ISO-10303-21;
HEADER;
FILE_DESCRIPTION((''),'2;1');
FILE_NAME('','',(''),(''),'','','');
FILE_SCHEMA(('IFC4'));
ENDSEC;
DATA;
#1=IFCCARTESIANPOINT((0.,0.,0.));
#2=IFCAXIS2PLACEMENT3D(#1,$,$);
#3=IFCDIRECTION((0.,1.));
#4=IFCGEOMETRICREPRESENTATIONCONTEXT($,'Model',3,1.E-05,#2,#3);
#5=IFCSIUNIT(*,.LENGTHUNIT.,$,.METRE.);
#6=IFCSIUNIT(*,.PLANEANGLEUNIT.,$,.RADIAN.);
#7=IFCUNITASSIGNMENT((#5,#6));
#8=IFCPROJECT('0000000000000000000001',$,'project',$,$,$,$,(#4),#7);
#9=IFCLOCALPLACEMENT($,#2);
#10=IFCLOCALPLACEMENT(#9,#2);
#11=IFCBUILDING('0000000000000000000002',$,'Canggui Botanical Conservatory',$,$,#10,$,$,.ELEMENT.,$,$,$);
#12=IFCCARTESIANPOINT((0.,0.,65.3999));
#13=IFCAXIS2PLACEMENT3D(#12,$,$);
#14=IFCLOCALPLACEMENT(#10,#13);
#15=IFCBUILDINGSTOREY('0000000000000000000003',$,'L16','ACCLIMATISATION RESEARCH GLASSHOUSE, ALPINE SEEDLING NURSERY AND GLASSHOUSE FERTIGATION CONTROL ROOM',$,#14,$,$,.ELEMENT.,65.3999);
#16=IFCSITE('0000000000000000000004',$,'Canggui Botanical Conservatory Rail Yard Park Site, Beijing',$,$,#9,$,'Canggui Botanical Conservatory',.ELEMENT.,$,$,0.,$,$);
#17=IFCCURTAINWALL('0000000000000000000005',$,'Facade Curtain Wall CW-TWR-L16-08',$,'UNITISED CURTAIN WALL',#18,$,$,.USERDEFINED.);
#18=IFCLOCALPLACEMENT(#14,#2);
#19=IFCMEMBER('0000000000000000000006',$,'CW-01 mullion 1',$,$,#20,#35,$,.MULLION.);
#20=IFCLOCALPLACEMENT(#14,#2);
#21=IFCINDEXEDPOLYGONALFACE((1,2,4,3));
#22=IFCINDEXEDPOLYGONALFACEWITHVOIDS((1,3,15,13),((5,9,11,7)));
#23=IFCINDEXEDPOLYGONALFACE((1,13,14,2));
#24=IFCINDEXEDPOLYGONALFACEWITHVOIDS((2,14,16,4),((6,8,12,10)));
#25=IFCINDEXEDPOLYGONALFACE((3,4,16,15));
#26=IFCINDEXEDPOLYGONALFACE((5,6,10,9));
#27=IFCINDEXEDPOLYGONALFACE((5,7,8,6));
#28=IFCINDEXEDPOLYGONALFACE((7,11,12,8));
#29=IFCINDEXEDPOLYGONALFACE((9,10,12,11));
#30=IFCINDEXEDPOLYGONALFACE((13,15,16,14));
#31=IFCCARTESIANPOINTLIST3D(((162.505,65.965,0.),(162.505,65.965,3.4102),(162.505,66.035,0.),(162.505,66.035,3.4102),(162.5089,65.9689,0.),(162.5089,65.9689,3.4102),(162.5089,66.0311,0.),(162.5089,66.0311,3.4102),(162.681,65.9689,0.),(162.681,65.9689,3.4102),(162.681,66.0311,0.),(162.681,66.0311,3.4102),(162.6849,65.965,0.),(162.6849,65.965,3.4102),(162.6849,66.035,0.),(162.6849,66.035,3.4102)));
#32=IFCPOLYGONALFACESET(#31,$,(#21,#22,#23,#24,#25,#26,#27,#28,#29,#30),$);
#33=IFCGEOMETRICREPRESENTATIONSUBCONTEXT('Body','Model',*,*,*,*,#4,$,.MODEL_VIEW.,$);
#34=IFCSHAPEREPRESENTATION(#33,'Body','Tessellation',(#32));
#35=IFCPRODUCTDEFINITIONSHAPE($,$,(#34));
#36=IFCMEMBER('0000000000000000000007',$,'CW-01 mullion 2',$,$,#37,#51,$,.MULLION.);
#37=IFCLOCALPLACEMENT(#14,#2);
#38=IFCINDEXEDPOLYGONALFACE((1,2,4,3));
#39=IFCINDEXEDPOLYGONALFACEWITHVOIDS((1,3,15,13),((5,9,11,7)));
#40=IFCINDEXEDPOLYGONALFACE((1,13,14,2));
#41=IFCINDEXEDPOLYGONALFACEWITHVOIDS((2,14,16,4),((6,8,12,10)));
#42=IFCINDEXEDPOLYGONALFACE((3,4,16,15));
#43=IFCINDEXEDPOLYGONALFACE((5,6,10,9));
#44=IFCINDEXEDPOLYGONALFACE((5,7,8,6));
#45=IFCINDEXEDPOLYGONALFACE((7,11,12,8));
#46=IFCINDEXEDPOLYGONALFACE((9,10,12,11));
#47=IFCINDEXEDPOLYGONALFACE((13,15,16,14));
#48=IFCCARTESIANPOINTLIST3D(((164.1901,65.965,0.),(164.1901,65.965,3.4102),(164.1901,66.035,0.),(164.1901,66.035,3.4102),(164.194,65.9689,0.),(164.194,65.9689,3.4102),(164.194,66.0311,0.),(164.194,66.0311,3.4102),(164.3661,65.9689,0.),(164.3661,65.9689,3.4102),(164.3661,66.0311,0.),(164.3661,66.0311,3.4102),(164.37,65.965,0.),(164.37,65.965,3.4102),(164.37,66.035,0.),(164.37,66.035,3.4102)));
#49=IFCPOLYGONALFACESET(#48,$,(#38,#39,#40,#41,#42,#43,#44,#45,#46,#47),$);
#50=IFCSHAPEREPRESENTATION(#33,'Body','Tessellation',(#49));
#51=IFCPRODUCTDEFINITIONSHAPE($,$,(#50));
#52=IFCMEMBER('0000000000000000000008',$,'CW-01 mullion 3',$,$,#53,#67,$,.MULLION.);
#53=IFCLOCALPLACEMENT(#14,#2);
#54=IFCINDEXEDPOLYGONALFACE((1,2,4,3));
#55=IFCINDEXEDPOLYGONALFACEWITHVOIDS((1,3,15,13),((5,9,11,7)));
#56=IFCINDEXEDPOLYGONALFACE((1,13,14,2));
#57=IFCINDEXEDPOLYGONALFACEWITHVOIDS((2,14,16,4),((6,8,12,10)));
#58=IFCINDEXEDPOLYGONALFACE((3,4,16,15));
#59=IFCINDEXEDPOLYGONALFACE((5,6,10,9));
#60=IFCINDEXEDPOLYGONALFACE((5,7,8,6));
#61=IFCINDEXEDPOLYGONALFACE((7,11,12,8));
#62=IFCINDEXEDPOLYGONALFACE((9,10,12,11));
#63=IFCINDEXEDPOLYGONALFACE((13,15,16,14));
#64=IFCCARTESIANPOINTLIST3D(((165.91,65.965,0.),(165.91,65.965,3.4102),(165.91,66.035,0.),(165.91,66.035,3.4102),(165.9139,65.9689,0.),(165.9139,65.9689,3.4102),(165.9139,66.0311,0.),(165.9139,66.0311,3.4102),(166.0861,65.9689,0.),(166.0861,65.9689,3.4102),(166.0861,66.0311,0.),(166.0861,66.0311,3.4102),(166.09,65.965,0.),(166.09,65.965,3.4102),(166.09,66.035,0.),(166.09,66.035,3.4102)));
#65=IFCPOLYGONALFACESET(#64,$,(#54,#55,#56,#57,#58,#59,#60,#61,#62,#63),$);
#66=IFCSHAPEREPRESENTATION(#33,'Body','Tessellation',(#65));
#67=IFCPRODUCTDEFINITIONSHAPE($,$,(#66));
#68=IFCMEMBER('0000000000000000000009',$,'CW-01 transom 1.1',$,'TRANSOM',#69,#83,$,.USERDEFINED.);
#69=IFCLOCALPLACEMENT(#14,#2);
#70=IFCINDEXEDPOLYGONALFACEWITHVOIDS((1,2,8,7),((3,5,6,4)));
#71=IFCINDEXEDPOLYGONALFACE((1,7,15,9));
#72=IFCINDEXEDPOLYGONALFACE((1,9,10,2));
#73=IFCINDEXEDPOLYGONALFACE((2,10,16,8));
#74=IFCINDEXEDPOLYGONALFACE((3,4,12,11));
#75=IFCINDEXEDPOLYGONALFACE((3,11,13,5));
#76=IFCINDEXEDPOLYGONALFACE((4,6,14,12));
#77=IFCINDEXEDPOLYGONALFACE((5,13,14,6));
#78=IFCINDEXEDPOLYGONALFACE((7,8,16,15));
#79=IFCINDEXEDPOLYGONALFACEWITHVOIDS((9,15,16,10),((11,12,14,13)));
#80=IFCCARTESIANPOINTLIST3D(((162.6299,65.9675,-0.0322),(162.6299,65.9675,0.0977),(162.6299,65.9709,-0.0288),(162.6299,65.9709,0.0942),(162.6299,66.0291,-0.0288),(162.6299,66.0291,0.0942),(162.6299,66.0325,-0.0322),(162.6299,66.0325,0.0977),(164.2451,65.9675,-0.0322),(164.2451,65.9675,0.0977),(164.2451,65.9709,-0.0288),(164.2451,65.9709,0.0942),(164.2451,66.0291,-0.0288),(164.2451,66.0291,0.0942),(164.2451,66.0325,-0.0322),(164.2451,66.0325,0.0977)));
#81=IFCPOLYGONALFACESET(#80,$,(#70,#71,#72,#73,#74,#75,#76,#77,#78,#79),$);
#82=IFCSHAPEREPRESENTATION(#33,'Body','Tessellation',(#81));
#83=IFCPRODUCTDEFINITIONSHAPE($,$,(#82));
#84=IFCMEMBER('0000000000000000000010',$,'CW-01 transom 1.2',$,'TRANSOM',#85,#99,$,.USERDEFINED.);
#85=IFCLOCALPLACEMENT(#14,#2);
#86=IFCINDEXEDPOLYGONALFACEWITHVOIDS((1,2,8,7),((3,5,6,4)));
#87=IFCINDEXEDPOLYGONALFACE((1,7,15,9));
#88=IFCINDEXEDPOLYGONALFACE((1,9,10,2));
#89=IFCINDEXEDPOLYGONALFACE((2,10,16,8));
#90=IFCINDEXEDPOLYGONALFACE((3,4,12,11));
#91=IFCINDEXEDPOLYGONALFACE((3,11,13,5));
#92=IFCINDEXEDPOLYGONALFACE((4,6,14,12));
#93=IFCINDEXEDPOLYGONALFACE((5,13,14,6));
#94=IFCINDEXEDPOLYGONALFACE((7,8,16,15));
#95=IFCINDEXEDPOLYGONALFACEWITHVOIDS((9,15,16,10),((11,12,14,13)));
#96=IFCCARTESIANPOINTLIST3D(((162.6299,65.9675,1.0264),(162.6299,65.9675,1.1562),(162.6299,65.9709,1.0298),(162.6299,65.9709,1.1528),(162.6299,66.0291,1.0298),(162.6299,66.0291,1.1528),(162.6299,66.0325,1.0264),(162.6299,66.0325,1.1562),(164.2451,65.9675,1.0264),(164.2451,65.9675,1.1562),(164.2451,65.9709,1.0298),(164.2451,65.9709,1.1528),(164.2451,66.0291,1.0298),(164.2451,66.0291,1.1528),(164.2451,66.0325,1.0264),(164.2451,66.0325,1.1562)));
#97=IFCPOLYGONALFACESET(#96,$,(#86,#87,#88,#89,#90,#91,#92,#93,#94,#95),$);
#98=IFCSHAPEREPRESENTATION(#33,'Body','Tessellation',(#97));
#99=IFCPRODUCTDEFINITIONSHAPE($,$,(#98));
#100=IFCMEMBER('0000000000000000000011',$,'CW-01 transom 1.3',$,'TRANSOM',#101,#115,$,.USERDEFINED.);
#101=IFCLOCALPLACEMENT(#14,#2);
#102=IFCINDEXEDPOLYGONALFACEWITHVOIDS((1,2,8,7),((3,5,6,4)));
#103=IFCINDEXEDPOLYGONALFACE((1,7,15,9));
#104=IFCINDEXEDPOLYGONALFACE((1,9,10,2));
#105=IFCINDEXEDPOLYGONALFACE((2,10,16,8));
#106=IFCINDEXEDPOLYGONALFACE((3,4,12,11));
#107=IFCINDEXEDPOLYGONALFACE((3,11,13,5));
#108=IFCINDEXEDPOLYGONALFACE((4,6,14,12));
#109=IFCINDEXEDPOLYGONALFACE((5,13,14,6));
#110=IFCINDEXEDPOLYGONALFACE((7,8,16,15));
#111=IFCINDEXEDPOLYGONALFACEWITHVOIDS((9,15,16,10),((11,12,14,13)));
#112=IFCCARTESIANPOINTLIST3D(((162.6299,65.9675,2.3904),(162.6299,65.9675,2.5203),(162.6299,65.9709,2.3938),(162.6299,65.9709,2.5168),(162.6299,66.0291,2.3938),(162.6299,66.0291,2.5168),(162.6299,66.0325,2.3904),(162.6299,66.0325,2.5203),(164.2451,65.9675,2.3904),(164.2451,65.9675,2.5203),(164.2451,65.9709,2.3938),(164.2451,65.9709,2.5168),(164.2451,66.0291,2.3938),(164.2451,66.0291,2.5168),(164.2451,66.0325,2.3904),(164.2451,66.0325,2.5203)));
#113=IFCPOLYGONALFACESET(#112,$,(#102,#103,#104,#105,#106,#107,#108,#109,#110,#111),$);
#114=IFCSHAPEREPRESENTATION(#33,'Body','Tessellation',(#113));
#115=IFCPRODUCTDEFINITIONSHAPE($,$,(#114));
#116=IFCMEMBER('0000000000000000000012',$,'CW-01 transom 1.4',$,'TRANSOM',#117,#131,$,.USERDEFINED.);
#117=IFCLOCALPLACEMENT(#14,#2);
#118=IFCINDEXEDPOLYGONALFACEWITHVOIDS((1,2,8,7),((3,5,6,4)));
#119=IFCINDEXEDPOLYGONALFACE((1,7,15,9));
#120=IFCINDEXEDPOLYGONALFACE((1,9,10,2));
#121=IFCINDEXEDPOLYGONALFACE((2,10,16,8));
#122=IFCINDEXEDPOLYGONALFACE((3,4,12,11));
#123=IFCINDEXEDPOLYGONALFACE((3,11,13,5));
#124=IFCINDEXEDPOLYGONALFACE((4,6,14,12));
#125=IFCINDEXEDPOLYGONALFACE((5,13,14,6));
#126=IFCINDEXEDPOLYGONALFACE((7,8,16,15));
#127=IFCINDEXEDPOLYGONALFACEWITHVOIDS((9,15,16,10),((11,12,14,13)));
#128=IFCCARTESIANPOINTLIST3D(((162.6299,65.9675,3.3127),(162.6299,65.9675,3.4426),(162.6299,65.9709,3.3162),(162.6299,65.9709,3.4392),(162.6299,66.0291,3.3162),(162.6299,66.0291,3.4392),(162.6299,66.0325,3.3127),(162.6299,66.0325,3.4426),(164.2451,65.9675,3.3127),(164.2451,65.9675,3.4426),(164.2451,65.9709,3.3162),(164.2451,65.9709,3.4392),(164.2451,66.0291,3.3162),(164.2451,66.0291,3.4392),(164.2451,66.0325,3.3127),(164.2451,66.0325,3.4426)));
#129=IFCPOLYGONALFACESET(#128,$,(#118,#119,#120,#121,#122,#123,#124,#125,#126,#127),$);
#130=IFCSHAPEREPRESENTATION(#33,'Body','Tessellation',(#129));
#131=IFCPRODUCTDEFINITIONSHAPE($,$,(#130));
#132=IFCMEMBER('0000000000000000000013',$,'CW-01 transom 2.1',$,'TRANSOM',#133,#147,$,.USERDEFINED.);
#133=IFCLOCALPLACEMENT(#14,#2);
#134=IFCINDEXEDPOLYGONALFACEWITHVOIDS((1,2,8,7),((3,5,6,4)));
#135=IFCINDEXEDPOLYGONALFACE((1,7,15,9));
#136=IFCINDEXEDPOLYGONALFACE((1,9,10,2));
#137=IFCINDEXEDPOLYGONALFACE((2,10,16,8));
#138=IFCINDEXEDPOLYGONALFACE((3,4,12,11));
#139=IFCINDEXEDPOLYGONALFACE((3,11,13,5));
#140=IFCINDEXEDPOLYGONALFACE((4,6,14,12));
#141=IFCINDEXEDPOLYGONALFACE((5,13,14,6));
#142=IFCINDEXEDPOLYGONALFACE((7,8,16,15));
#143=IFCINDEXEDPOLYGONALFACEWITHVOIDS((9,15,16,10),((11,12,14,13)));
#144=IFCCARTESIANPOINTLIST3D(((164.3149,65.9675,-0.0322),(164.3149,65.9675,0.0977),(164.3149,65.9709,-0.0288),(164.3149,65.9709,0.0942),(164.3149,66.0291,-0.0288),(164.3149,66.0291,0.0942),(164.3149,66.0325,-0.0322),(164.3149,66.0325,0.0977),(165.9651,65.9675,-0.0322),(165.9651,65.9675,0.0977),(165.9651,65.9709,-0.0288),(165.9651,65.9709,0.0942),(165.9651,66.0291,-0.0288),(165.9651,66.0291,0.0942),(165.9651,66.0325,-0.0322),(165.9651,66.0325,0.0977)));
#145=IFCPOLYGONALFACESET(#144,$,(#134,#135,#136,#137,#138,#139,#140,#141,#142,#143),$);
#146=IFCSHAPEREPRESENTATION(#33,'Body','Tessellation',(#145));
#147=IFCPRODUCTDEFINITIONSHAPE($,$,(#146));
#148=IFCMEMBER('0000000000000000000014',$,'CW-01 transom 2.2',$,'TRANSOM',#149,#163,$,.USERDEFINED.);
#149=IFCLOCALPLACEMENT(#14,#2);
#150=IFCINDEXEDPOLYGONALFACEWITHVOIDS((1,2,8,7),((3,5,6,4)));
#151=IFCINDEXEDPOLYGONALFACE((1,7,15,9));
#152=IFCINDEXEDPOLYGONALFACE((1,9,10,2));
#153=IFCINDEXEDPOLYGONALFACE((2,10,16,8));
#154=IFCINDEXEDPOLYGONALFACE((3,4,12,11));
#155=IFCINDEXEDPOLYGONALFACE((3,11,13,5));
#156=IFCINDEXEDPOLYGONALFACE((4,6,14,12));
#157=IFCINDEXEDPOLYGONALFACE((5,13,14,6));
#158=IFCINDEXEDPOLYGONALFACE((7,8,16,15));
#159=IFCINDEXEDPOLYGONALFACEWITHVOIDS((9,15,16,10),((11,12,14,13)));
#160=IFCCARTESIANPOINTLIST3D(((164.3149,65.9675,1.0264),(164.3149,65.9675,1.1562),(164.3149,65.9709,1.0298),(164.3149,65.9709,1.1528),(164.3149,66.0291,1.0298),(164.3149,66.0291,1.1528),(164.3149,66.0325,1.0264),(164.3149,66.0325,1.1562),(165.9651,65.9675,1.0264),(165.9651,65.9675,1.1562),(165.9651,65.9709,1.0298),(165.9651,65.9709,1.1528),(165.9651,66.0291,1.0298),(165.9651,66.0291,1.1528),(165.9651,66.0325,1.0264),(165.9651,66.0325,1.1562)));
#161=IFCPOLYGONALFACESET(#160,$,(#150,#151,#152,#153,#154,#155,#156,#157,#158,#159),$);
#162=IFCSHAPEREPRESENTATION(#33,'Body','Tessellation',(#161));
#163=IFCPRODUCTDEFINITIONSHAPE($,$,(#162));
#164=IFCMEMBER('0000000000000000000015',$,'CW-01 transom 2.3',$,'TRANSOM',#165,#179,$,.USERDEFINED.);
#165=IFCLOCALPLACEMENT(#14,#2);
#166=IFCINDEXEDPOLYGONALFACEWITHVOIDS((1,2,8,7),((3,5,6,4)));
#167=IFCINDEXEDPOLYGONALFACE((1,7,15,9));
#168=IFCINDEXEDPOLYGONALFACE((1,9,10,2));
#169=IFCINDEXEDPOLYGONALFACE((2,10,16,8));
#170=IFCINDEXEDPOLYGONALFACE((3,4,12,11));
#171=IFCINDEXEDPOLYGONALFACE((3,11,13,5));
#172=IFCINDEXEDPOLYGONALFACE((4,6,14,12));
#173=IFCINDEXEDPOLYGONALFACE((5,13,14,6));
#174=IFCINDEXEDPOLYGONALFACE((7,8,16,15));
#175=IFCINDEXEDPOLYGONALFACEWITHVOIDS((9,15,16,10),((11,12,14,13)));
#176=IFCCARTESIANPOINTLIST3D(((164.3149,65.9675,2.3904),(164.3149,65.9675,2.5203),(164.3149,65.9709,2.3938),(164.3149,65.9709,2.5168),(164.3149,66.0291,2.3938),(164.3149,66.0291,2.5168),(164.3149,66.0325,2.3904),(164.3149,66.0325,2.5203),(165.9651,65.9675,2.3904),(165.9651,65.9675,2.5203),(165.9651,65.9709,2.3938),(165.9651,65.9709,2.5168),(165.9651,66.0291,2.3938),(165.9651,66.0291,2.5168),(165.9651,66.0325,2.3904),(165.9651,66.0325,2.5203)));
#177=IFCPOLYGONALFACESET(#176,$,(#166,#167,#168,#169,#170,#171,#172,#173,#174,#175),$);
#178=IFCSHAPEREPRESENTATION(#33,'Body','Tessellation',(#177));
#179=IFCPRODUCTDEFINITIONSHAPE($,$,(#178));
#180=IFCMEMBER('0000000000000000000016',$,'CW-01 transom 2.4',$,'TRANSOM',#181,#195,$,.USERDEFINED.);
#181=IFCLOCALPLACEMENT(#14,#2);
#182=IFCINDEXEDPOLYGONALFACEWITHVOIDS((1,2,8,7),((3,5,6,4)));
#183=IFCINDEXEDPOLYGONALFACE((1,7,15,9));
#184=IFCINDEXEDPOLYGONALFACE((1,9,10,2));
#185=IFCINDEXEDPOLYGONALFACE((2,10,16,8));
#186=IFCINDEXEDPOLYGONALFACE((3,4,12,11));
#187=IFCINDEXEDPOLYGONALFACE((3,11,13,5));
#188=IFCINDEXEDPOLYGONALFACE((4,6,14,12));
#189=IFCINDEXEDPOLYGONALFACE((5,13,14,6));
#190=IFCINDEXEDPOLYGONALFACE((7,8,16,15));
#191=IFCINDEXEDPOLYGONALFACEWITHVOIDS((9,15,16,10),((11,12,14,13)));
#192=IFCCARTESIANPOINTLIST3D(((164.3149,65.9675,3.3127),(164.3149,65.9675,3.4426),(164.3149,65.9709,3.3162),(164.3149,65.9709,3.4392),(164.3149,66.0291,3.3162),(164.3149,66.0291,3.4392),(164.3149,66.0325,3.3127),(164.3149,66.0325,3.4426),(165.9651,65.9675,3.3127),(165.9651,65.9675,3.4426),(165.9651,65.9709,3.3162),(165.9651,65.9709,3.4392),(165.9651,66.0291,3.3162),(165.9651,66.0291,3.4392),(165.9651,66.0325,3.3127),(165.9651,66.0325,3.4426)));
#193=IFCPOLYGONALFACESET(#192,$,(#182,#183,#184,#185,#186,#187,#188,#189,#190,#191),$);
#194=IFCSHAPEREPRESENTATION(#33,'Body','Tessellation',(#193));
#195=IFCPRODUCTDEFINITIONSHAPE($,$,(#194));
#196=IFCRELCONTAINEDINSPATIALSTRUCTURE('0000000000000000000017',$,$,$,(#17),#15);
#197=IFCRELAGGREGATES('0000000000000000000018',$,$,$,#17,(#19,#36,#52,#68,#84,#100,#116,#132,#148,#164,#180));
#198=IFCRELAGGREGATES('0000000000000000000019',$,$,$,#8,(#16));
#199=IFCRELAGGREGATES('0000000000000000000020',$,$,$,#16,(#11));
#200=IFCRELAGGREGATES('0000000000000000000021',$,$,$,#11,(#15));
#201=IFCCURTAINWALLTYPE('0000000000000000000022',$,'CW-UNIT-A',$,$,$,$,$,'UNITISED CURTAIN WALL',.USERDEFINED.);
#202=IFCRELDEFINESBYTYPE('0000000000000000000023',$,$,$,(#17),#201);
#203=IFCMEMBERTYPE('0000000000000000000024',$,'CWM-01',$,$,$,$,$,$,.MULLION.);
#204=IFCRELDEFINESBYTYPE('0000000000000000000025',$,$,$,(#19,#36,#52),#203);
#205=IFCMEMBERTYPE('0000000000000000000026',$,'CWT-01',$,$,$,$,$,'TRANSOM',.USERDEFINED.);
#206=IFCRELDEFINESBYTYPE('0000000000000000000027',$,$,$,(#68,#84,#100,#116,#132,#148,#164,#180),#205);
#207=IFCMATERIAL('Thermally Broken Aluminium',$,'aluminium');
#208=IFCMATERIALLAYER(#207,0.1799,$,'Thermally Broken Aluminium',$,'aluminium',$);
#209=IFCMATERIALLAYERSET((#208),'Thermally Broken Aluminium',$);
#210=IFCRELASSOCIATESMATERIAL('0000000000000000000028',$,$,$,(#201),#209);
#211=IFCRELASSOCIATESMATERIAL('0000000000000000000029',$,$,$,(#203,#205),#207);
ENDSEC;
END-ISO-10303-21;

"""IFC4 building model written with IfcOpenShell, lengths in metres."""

from ifc_helpers import new_model, si_unit, direction, frame, origin, origin_2d, place, context, subcontext, project, spatial, hollow_rectangle, extrude, material, layer, layer_set, material_profile, profile_set, type_object, element, aggregate, save


model = new_model("IFC4")

# Units and contexts
model_context = context("Model", 3, precision=1e-05, world=origin(), true_north=direction((0.0, 1.0)))
body_context = subcontext(model_context, "Body", "Model", "MODEL_VIEW")
ifc_project = project(units=[si_unit("LENGTHUNIT", "METRE"), si_unit("PLANEANGLEUNIT", "RADIAN")], contexts=[model_context])

# Site, building, storey
site_placement = place(None, origin())
site = spatial("IfcSite", under=ifc_project, at=site_placement, Name="Canggui Botanical Conservatory Rail Yard Park Site, Beijing", LongName="Canggui Botanical Conservatory", CompositionType="ELEMENT", RefElevation=0.0)
building_placement = place(site_placement, origin())
building = spatial("IfcBuilding", under=site, at=building_placement, Name="Canggui Botanical Conservatory", CompositionType="ELEMENT")
storey_placement = place(building_placement, frame((0.0, 0.0, 65.3999)))
storey = spatial("IfcBuildingStorey", under=building, at=storey_placement, Name="L16", Description="ACCLIMATISATION RESEARCH GLASSHOUSE, ALPINE SEEDLING NURSERY AND GLASSHOUSE FERTIGATION CONTROL ROOM", CompositionType="ELEMENT", Elevation=65.3999)

# Curtain wall, members
ifc_material_1 = material(Name="Thermally Broken Aluminium", Category="aluminium")
ifc_layer_1 = layer(ifc_material_1, 0.1799, Name="Thermally Broken Aluminium", Category="aluminium")
ifc_layer_set_1 = layer_set([ifc_layer_1], Name="Thermally Broken Aluminium")
curtain_wall_type = type_object("IfcCurtainWallType", Name="CW-UNIT-A", ElementType="UNITISED CURTAIN WALL", PredefinedType="USERDEFINED", material=ifc_layer_set_1)
curtain_wall_placement = place(storey_placement, origin())
curtain_wall = element("IfcCurtainWall", 1, at=curtain_wall_placement, inside=storey, type_object=curtain_wall_type, Name="Facade Curtain Wall CW-TWR-L16-08", ObjectType="UNITISED CURTAIN WALL", PredefinedType="USERDEFINED")
ifc_material_profile_1 = material_profile(ifc_material_1, hollow_rectangle(XDim=0.0701, YDim=0.1799, WallThickness=0.0039, at=origin_2d()), Name="CWM 70x180x4")
ifc_profile_set_1 = profile_set([ifc_material_profile_1], Name="Thermally Broken Aluminium")
member_type_1 = type_object("IfcMemberType", Name="CWM-01", PredefinedType="MULLION", material=ifc_profile_set_1)
member_1_placement = place(storey_placement, frame((162.595, 66.0, 0.0), z_axis=(0.0, 0.0, 1.0), x_axis=(0.0, 1.0, 0.0)))
member_1 = element("IfcMember", 2, at=member_1_placement, type_object=member_type_1, Name="CW-01 mullion 1", PredefinedType="MULLION", context=body_context, shape_type="SweptSolid", body=[
    extrude(hollow_rectangle(XDim=0.0701, YDim=0.1799, WallThickness=0.0039, at=origin_2d()), origin(), (0.0, 0.0, 1.0), 3.4102),
])
member_2_placement = place(storey_placement, frame((164.28, 66.0, 0.0), z_axis=(0.0, 0.0, 1.0), x_axis=(0.0, 1.0, 0.0)))
member_2 = element("IfcMember", 3, at=member_2_placement, type_object=member_type_1, Name="CW-01 mullion 2", PredefinedType="MULLION", context=body_context, shape_type="SweptSolid", body=[
    extrude(hollow_rectangle(XDim=0.0701, YDim=0.1799, WallThickness=0.0039, at=origin_2d()), origin(), (0.0, 0.0, 1.0), 3.4102),
])
member_3_placement = place(storey_placement, frame((166.0, 66.0, 0.0), z_axis=(0.0, 0.0, 1.0), x_axis=(0.0, 1.0, 0.0)))
member_3 = element("IfcMember", 4, at=member_3_placement, type_object=member_type_1, Name="CW-01 mullion 3", PredefinedType="MULLION", context=body_context, shape_type="SweptSolid", body=[
    extrude(hollow_rectangle(XDim=0.0701, YDim=0.1799, WallThickness=0.0039, at=origin_2d()), origin(), (0.0, 0.0, 1.0), 3.4102),
])
ifc_material_profile_2 = material_profile(ifc_material_1, hollow_rectangle(XDim=0.0649, YDim=0.1299, WallThickness=0.0034, at=origin_2d()), Name="CWT 65x130x3.5")
ifc_profile_set_2 = profile_set([ifc_material_profile_2], Name="Thermally Broken Aluminium")
member_type_2 = type_object("IfcMemberType", Name="CWT-01", ElementType="TRANSOM", PredefinedType="USERDEFINED", material=ifc_profile_set_2)
member_4_placement = place(storey_placement, frame((162.6299, 66.0, 0.0327), z_axis=(1.0, 0.0, 0.0), x_axis=(0.0, 1.0, 0.0)))
member_4 = element("IfcMember", 5, at=member_4_placement, type_object=member_type_2, Name="CW-01 transom 1.1", ObjectType="TRANSOM", PredefinedType="USERDEFINED", context=body_context, shape_type="SweptSolid", body=[
    extrude(hollow_rectangle(XDim=0.0649, YDim=0.1299, WallThickness=0.0034, at=origin_2d()), origin(), (0.0, 0.0, 1.0), 1.6152),
])
member_5_placement = place(storey_placement, frame((162.6299, 66.0, 1.0913), z_axis=(1.0, 0.0, 0.0), x_axis=(0.0, 1.0, 0.0)))
member_5 = element("IfcMember", 6, at=member_5_placement, type_object=member_type_2, Name="CW-01 transom 1.2", ObjectType="TRANSOM", PredefinedType="USERDEFINED", context=body_context, shape_type="SweptSolid", body=[
    extrude(hollow_rectangle(XDim=0.0649, YDim=0.1299, WallThickness=0.0034, at=origin_2d()), origin(), (0.0, 0.0, 1.0), 1.6152),
])
member_6_placement = place(storey_placement, frame((162.6299, 66.0, 2.4553), z_axis=(1.0, 0.0, 0.0), x_axis=(0.0, 1.0, 0.0)))
member_6 = element("IfcMember", 7, at=member_6_placement, type_object=member_type_2, Name="CW-01 transom 1.3", ObjectType="TRANSOM", PredefinedType="USERDEFINED", context=body_context, shape_type="SweptSolid", body=[
    extrude(hollow_rectangle(XDim=0.0649, YDim=0.1299, WallThickness=0.0034, at=origin_2d()), origin(), (0.0, 0.0, 1.0), 1.6152),
])
member_7_placement = place(storey_placement, frame((162.6299, 66.0, 3.3777), z_axis=(1.0, 0.0, 0.0), x_axis=(0.0, 1.0, 0.0)))
member_7 = element("IfcMember", 8, at=member_7_placement, type_object=member_type_2, Name="CW-01 transom 1.4", ObjectType="TRANSOM", PredefinedType="USERDEFINED", context=body_context, shape_type="SweptSolid", body=[
    extrude(hollow_rectangle(XDim=0.0649, YDim=0.1299, WallThickness=0.0034, at=origin_2d()), origin(), (0.0, 0.0, 1.0), 1.6152),
])
member_8_placement = place(storey_placement, frame((164.3149, 66.0, 0.0327), z_axis=(1.0, 0.0, 0.0), x_axis=(0.0, 1.0, 0.0)))
member_8 = element("IfcMember", 9, at=member_8_placement, type_object=member_type_2, Name="CW-01 transom 2.1", ObjectType="TRANSOM", PredefinedType="USERDEFINED", context=body_context, shape_type="SweptSolid", body=[
    extrude(hollow_rectangle(XDim=0.0649, YDim=0.1299, WallThickness=0.0034, at=origin_2d()), origin(), (0.0, 0.0, 1.0), 1.6501),
])
member_9_placement = place(storey_placement, frame((164.3149, 66.0, 1.0913), z_axis=(1.0, 0.0, 0.0), x_axis=(0.0, 1.0, 0.0)))
member_9 = element("IfcMember", 10, at=member_9_placement, type_object=member_type_2, Name="CW-01 transom 2.2", ObjectType="TRANSOM", PredefinedType="USERDEFINED", context=body_context, shape_type="SweptSolid", body=[
    extrude(hollow_rectangle(XDim=0.0649, YDim=0.1299, WallThickness=0.0034, at=origin_2d()), origin(), (0.0, 0.0, 1.0), 1.6501),
])
member_10_placement = place(storey_placement, frame((164.3149, 66.0, 2.4553), z_axis=(1.0, 0.0, 0.0), x_axis=(0.0, 1.0, 0.0)))
member_10 = element("IfcMember", 11, at=member_10_placement, type_object=member_type_2, Name="CW-01 transom 2.3", ObjectType="TRANSOM", PredefinedType="USERDEFINED", context=body_context, shape_type="SweptSolid", body=[
    extrude(hollow_rectangle(XDim=0.0649, YDim=0.1299, WallThickness=0.0034, at=origin_2d()), origin(), (0.0, 0.0, 1.0), 1.6501),
])
member_11_placement = place(storey_placement, frame((164.3149, 66.0, 3.3777), z_axis=(1.0, 0.0, 0.0), x_axis=(0.0, 1.0, 0.0)))
member_11 = element("IfcMember", 12, at=member_11_placement, type_object=member_type_2, Name="CW-01 transom 2.4", ObjectType="TRANSOM", PredefinedType="USERDEFINED", context=body_context, shape_type="SweptSolid", body=[
    extrude(hollow_rectangle(XDim=0.0649, YDim=0.1299, WallThickness=0.0034, at=origin_2d()), origin(), (0.0, 0.0, 1.0), 1.6501),
])
aggregate(curtain_wall, [member_1, member_2, member_3, member_4, member_5, member_6, member_7, member_8, member_9, member_10, member_11])

save(model, "model.ifc")
